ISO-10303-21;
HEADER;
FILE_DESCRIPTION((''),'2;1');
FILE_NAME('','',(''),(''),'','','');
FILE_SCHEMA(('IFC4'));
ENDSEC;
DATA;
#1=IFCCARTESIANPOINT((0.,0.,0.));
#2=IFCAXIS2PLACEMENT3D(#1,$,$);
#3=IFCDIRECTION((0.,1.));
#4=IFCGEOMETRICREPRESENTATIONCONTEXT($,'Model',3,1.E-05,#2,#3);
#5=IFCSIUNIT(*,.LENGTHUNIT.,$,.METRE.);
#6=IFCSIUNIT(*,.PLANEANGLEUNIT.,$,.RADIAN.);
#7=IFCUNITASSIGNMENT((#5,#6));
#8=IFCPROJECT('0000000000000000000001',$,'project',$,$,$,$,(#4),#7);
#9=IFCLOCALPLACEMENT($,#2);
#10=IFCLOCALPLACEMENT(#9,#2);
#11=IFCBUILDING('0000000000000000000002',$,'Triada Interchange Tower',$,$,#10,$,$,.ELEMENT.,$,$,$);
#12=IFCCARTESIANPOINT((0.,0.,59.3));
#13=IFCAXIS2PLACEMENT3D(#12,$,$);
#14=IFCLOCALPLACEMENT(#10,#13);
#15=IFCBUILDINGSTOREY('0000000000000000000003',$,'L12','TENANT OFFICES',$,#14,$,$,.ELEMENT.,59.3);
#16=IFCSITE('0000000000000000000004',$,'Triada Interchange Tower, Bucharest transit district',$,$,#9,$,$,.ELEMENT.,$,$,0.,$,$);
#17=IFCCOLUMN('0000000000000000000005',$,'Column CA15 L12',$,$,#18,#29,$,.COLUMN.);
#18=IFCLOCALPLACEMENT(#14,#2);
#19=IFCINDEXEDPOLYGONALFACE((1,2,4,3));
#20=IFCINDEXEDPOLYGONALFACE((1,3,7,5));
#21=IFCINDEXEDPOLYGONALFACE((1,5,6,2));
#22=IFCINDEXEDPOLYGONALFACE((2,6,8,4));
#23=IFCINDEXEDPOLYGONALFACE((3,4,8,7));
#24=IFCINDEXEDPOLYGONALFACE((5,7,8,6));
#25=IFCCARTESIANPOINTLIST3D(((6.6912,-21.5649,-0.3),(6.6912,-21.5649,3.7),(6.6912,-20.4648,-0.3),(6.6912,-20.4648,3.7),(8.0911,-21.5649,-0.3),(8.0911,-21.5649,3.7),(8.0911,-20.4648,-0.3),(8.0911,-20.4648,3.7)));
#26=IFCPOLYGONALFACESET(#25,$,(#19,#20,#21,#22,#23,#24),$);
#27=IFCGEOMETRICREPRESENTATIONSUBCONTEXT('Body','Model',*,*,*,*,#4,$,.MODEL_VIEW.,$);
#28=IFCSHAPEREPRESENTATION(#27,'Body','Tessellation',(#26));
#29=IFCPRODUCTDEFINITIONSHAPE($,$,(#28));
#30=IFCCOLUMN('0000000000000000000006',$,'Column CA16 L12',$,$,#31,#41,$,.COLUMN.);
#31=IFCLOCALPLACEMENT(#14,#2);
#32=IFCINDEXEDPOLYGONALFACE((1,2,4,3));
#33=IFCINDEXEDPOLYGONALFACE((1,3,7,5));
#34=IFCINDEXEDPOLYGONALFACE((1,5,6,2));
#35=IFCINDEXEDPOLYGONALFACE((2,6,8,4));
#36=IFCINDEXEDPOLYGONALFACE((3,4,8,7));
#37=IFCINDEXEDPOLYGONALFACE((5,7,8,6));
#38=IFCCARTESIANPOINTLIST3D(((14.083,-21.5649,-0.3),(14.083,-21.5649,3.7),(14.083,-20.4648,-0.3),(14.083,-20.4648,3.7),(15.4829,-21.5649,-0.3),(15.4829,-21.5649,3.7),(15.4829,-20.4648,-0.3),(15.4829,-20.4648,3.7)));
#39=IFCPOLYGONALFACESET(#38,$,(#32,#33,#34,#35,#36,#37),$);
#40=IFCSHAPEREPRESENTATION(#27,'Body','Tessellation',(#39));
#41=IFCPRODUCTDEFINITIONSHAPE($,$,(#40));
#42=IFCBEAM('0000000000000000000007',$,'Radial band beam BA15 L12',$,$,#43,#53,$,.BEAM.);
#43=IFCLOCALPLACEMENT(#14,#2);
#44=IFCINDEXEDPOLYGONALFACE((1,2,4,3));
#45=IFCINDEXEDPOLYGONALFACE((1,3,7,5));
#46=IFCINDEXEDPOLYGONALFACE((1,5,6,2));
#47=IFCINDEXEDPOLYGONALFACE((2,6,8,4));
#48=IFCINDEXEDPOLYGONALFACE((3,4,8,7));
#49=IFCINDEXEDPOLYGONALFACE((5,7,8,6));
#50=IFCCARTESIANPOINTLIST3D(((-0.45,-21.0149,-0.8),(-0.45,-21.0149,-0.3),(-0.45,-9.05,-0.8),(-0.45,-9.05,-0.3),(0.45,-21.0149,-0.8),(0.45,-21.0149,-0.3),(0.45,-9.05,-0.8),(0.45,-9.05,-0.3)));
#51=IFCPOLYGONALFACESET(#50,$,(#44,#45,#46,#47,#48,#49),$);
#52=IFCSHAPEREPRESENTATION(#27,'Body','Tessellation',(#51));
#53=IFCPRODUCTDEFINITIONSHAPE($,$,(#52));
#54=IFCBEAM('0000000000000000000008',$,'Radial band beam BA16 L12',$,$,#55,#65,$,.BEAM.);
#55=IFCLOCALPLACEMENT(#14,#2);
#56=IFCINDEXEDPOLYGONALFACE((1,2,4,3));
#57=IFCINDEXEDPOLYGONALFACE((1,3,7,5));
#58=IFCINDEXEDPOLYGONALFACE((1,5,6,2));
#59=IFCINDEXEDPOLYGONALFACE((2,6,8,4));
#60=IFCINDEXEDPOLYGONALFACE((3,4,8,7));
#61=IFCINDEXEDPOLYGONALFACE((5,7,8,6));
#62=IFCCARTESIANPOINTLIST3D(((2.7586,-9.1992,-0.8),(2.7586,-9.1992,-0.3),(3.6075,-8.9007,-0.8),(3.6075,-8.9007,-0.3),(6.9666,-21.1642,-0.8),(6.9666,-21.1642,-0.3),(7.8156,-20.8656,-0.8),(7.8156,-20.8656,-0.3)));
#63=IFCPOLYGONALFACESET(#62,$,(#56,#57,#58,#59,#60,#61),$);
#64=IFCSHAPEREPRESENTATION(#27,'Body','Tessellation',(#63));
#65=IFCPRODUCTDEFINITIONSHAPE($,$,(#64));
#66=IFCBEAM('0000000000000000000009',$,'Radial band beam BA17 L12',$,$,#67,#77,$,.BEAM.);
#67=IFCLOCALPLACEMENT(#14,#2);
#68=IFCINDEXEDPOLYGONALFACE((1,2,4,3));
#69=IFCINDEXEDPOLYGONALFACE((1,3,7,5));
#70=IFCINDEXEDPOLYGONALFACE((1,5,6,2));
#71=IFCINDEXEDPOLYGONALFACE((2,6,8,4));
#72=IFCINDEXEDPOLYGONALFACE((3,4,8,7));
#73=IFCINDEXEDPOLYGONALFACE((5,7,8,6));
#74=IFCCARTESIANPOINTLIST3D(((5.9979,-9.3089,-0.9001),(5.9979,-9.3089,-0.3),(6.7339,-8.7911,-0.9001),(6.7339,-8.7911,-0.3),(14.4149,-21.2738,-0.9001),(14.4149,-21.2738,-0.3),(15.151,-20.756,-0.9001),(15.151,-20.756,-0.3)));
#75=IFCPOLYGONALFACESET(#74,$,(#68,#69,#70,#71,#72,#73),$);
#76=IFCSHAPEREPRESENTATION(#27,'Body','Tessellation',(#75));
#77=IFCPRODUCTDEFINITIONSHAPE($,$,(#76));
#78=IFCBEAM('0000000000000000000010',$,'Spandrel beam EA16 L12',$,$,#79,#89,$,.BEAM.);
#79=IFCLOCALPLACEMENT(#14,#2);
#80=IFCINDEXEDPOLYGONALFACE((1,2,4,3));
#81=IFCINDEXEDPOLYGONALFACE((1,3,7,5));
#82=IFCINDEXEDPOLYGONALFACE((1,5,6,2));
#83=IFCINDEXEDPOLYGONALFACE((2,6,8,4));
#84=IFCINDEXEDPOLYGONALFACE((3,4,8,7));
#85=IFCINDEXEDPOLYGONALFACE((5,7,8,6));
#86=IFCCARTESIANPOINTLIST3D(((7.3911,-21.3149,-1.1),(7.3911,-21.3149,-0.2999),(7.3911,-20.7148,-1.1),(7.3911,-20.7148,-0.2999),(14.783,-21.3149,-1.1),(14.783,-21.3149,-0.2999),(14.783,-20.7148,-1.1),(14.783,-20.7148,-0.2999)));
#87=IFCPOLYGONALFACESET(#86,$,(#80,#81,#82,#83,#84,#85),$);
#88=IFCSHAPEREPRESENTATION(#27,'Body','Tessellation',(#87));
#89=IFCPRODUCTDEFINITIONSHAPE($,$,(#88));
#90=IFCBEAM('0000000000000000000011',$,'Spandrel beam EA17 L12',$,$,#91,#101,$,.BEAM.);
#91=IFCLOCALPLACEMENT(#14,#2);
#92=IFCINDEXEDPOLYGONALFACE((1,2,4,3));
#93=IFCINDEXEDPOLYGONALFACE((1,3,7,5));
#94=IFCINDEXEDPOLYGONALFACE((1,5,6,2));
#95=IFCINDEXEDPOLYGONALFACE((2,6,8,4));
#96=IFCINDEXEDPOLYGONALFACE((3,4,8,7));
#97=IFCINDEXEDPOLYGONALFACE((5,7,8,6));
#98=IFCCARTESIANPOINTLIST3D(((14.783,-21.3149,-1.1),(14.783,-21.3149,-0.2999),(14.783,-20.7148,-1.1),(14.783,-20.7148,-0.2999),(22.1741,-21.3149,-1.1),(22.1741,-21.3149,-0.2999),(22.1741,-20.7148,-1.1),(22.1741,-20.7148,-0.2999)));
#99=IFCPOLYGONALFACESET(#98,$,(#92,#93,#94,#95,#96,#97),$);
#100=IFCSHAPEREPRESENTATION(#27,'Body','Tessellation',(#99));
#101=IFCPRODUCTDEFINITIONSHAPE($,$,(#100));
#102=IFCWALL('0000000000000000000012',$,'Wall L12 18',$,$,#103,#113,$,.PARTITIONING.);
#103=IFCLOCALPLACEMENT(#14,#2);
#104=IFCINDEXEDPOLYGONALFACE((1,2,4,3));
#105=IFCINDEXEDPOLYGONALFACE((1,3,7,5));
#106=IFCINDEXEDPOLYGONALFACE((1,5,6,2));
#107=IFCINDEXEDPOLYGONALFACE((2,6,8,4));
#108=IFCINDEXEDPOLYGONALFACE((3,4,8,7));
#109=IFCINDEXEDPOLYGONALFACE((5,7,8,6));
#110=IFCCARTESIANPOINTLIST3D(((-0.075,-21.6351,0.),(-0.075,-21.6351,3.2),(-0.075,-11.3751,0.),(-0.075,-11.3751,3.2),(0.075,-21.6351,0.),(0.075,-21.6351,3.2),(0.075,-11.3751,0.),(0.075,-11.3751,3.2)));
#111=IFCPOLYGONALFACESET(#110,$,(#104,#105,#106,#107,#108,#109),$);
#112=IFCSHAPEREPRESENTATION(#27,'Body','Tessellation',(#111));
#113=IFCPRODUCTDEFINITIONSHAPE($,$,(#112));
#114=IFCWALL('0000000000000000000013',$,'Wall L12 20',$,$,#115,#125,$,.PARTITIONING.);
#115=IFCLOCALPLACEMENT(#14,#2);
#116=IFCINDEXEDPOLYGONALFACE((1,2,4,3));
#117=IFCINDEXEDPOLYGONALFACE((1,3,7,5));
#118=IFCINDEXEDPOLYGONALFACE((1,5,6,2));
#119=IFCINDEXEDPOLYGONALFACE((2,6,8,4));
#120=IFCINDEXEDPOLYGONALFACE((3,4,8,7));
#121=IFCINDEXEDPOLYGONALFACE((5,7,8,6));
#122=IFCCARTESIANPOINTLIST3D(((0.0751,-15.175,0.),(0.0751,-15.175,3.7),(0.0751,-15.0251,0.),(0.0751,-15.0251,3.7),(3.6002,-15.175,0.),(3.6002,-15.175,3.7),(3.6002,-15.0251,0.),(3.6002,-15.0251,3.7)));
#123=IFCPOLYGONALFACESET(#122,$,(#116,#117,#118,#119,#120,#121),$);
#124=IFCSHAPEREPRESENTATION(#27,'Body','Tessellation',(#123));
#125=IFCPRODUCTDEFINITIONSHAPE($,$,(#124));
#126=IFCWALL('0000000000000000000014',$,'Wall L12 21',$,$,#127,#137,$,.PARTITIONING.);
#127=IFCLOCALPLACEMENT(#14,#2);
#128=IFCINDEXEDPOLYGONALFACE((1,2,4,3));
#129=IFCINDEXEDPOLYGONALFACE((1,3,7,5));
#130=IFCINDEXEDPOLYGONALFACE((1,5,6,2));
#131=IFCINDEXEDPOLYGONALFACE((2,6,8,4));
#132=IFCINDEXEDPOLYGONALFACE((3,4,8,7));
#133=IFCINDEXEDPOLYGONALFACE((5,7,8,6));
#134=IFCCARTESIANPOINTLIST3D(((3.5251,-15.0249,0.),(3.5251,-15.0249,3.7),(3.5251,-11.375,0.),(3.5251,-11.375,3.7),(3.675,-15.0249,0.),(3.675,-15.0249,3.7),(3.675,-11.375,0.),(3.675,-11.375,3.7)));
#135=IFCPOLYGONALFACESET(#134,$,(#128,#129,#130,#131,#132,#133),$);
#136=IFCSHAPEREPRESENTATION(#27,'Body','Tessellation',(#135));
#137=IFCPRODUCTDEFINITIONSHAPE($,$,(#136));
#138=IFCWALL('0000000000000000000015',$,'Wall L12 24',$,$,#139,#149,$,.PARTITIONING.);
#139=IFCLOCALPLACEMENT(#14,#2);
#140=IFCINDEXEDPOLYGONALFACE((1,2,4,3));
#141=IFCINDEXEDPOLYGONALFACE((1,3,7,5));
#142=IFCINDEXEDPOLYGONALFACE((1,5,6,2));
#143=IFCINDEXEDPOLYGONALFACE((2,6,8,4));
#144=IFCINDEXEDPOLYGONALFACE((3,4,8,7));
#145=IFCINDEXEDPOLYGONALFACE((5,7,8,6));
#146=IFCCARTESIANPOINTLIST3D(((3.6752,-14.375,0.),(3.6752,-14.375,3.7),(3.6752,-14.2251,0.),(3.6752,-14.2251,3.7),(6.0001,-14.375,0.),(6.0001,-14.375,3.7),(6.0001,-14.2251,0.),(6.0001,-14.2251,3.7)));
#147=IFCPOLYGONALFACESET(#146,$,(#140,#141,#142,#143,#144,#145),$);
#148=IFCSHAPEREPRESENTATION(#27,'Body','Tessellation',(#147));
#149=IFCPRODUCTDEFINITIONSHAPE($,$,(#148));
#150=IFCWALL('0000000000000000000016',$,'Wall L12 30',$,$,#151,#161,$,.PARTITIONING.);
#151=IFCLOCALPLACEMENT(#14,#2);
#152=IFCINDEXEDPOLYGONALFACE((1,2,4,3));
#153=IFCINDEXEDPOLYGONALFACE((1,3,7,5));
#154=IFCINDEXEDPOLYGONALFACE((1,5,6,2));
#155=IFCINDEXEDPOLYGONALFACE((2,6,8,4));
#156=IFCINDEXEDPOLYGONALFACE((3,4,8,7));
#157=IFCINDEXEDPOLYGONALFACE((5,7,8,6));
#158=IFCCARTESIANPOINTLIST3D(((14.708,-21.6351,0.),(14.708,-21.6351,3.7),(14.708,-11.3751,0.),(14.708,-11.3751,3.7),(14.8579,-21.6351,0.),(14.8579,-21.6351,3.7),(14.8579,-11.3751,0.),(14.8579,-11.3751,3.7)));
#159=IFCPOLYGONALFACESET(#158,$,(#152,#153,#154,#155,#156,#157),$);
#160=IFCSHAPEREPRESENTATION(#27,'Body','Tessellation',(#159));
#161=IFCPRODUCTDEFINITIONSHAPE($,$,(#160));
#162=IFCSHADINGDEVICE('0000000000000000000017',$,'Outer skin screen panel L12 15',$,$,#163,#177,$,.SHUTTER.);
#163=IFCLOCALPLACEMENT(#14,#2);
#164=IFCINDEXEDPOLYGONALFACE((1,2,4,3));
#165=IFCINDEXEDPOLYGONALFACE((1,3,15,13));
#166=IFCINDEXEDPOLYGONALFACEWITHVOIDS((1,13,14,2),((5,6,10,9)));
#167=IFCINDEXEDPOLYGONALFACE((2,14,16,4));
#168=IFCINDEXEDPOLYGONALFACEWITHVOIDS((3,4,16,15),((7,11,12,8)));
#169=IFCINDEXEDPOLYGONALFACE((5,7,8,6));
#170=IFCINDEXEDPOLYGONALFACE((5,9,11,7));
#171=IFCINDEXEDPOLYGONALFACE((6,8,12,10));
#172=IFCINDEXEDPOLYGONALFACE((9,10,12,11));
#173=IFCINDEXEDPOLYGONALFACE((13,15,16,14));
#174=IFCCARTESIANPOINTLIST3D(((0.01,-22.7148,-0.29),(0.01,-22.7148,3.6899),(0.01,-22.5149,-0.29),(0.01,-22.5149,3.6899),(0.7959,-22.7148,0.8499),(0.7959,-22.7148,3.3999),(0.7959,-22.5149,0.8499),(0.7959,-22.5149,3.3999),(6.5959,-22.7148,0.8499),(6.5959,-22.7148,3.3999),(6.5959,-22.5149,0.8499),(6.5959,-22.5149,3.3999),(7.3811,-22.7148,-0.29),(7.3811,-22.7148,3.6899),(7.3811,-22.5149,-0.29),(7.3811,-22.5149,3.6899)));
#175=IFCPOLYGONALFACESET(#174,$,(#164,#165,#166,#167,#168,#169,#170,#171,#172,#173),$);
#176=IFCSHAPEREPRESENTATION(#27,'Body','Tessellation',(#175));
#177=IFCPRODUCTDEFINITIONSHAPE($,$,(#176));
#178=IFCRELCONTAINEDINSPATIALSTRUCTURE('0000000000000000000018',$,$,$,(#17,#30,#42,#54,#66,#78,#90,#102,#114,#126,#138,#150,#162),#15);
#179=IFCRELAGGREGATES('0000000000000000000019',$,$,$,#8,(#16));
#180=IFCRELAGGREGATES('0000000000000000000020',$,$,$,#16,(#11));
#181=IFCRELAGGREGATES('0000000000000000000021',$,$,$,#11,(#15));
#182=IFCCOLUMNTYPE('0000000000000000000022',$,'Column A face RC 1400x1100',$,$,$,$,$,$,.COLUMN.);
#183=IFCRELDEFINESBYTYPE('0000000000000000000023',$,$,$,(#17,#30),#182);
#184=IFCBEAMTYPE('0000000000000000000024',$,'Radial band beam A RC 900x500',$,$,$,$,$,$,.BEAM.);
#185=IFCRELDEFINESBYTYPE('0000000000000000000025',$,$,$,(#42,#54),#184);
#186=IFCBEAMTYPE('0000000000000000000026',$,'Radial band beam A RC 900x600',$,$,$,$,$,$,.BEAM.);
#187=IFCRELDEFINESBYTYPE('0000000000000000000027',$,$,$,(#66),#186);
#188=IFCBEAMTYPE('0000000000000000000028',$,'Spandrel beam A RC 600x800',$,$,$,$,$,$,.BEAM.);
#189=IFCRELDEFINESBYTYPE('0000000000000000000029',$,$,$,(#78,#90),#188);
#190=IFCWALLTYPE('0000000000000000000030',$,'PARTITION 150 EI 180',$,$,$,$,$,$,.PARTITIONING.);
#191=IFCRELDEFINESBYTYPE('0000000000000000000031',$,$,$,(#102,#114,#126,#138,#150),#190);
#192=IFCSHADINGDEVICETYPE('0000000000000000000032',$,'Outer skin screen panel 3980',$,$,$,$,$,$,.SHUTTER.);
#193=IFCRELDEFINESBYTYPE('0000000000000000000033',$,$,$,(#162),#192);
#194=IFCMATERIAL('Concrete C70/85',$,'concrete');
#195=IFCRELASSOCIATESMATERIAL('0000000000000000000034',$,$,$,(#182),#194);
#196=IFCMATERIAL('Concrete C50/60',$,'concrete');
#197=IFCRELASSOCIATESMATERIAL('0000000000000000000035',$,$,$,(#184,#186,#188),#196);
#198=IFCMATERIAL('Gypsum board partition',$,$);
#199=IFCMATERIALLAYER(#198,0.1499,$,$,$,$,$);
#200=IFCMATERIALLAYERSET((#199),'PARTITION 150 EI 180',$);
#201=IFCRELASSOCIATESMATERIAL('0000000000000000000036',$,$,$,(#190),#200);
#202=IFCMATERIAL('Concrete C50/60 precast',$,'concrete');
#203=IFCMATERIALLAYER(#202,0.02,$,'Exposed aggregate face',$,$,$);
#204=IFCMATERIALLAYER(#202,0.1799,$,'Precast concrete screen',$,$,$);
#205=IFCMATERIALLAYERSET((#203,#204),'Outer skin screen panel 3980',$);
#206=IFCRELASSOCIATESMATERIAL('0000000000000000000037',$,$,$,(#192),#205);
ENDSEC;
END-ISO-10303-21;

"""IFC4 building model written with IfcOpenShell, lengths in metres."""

from ifc_helpers import new_model, si_unit, direction, frame, frame_2d, origin, origin_2d, place, context, subcontext, project, spatial, polyline, rectangle, outline, extrude, material, layer, layer_set, material_profile, profile_set, type_object, element, save


model = new_model("IFC4")

# Units and contexts
model_context = context("Model", 3, precision=1e-05, world=origin(), true_north=direction((0.0, 1.0)))
body_context = subcontext(model_context, "Body", "Model", "MODEL_VIEW")
ifc_project = project(units=[si_unit("LENGTHUNIT", "METRE"), si_unit("PLANEANGLEUNIT", "RADIAN")], contexts=[model_context])

# Site, building, storey
site_placement = place(None, origin())
site = spatial("IfcSite", under=ifc_project, at=site_placement, Name="Triada Interchange Tower, Bucharest transit district", CompositionType="ELEMENT", RefElevation=0.0)
building_placement = place(site_placement, origin())
building = spatial("IfcBuilding", under=site, at=building_placement, Name="Triada Interchange Tower", CompositionType="ELEMENT")
storey_placement = place(building_placement, frame((0.0, 0.0, 59.3)))
storey = spatial("IfcBuildingStorey", under=building, at=storey_placement, Name="L12", Description="TENANT OFFICES", CompositionType="ELEMENT", Elevation=59.3)

# Columns
ifc_material_1 = material(Name="Concrete C70/85", Category="concrete")
ifc_material_profile_1 = material_profile(ifc_material_1, rectangle(XDim=1.3999, YDim=1.1001, at=origin_2d()), Name="RC 1400x1100")
ifc_profile_set_1 = profile_set([ifc_material_profile_1], Name="Concrete C70/85")
column_type = type_object("IfcColumnType", Name="Column A face RC 1400x1100", PredefinedType="COLUMN", material=ifc_profile_set_1)
for number, where, z_axis, x_axis, name in (
    (1, (7.3911, -21.0149, -0.3), (0.0, 0.0, 1.0), (1.0, 0.0, 0.0), "Column CA15 L12"),
    (2, (14.783, -21.0149, -0.3), (0.0, 0.0, 1.0), (1.0, 0.0, 0.0), "Column CA16 L12"),
):
    element("IfcColumn", number, at=place(storey_placement, frame(where, z_axis=z_axis, x_axis=x_axis)), inside=storey, type_object=column_type, Name=name, PredefinedType="COLUMN", context=body_context, shape_type="SweptSolid", body=[
        extrude(rectangle(XDim=1.3999, YDim=1.1001, at=origin_2d()), origin(), (0.0, 0.0, 1.0), 4.0),
    ])

# Beams
ifc_material_2 = material(Name="Concrete C50/60", Category="concrete")
ifc_material_profile_2 = material_profile(ifc_material_2, rectangle(XDim=0.8999, YDim=0.5, at=origin_2d()), Name="RC 900x500")
ifc_profile_set_2 = profile_set([ifc_material_profile_2], Name="Concrete C50/60")
beam_type_1 = type_object("IfcBeamType", Name="Radial band beam A RC 900x500", PredefinedType="BEAM", material=ifc_profile_set_2)
beam_1_placement = place(storey_placement, frame((0.0, -21.0149, -0.55), z_axis=(0.0, 1.0, 0.0), x_axis=(-1.0, 0.0, 0.0)))
element("IfcBeam", 3, at=beam_1_placement, inside=storey, type_object=beam_type_1, Name="Radial band beam BA15 L12", PredefinedType="BEAM", context=body_context, shape_type="SweptSolid", body=[
    extrude(rectangle(XDim=0.8999, YDim=0.5, at=origin_2d()), origin(), (0.0, 0.0, 1.0), 11.9648),
])
beam_2_placement = place(storey_placement, frame((7.3911, -21.0149, -0.55), z_axis=(-0.331777, 0.943358, 0.0), x_axis=(-0.943358, -0.331777, 0.0)))
element("IfcBeam", 4, at=beam_2_placement, inside=storey, type_object=beam_type_1, Name="Radial band beam BA16 L12", PredefinedType="BEAM", context=body_context, shape_type="SweptSolid", body=[
    extrude(rectangle(XDim=0.8999, YDim=0.5, at=origin_2d()), origin(), (0.0, 0.0, 1.0), 12.6833),
])
ifc_material_profile_3 = material_profile(ifc_material_2, rectangle(XDim=0.8999, YDim=0.6001, at=origin_2d()), Name="RC 900x600")
ifc_profile_set_3 = profile_set([ifc_material_profile_3], Name="Concrete C50/60")
beam_type_2 = type_object("IfcBeamType", Name="Radial band beam A RC 900x600", PredefinedType="BEAM", material=ifc_profile_set_3)
beam_3_placement = place(storey_placement, frame((14.783, -21.0149, -0.6001), z_axis=(-0.575369, 0.817894, 0.0), x_axis=(-0.817894, -0.575369, 0.0)))
element("IfcBeam", 5, at=beam_3_placement, inside=storey, type_object=beam_type_2, Name="Radial band beam BA17 L12", PredefinedType="BEAM", context=body_context, shape_type="SweptSolid", body=[
    extrude(rectangle(XDim=0.8999, YDim=0.6001, at=origin_2d()), origin(), (0.0, 0.0, 1.0), 14.6289),
])
ifc_material_profile_4 = material_profile(ifc_material_2, rectangle(XDim=0.6001, YDim=0.8, at=origin_2d()), Name="RC 600x800")
ifc_profile_set_4 = profile_set([ifc_material_profile_4], Name="Concrete C50/60")
beam_type_3 = type_object("IfcBeamType", Name="Spandrel beam A RC 600x800", PredefinedType="BEAM", material=ifc_profile_set_4)
beam_4_placement = place(storey_placement, frame((7.3911, -21.0149, -0.7), z_axis=(1.0, 0.0, 0.0), x_axis=(0.0, 1.0, 0.0)))
element("IfcBeam", 6, at=beam_4_placement, inside=storey, type_object=beam_type_3, Name="Spandrel beam EA16 L12", PredefinedType="BEAM", context=body_context, shape_type="SweptSolid", body=[
    extrude(rectangle(XDim=0.6001, YDim=0.8, at=origin_2d()), origin(), (0.0, 0.0, 1.0), 7.3918),
])
beam_5_placement = place(storey_placement, frame((14.783, -21.0149, -0.7), z_axis=(1.0, 0.0, 0.0), x_axis=(0.0, 1.0, 0.0)))
element("IfcBeam", 7, at=beam_5_placement, inside=storey, type_object=beam_type_3, Name="Spandrel beam EA17 L12", PredefinedType="BEAM", context=body_context, shape_type="SweptSolid", body=[
    extrude(rectangle(XDim=0.6001, YDim=0.8, at=origin_2d()), origin(), (0.0, 0.0, 1.0), 7.3911),
])

# Walls
ifc_material_3 = material(Name="Gypsum board partition")
ifc_layer_1 = layer(ifc_material_3, 0.1499)
ifc_layer_set_1 = layer_set([ifc_layer_1], Name="PARTITION 150 EI 180")
wall_type = type_object("IfcWallType", Name="PARTITION 150 EI 180", PredefinedType="PARTITIONING", material=ifc_layer_set_1)
wall_1_placement = place(storey_placement, frame((0.0, -21.635, 0.0), z_axis=(0.0, 0.0, 1.0), x_axis=(0.0, 1.0, 0.0)))
element("IfcWall", 8, at=wall_1_placement, inside=storey, type_object=wall_type, Name="Wall L12 18", PredefinedType="PARTITIONING", context=body_context, shape_type="SweptSolid", body=[
    extrude(rectangle(XDim=10.26, YDim=0.1499, at=frame_2d((5.1299, 0.0))), origin(), (0.0, 0.0, 1.0), 3.2),
])
wall_2_placement = place(storey_placement, frame((0.075, -15.1001, 0.0), z_axis=(0.0, 0.0, 1.0), x_axis=(1.0, 0.0, 0.0)))
element("IfcWall", 9, at=wall_2_placement, inside=storey, type_object=wall_type, Name="Wall L12 20", PredefinedType="PARTITIONING", context=body_context, shape_type="SweptSolid", body=[
    extrude(rectangle(XDim=3.5251, YDim=0.1499, at=frame_2d((1.7627, 0.0))), origin(), (0.0, 0.0, 1.0), 3.7),
])
wall_3_placement = place(storey_placement, frame((3.6001, -15.0249, 0.0), z_axis=(0.0, 0.0, 1.0), x_axis=(0.0, 1.0, 0.0)))
element("IfcWall", 10, at=wall_3_placement, inside=storey, type_object=wall_type, Name="Wall L12 21", PredefinedType="PARTITIONING", context=body_context, shape_type="SweptSolid", body=[
    extrude(rectangle(XDim=3.6499, YDim=0.1499, at=frame_2d((1.825, 0.0))), origin(), (0.0, 0.0, 1.0), 3.7),
])
wall_4_placement = place(storey_placement, frame((3.675, -14.3, 0.0), z_axis=(0.0, 0.0, 1.0), x_axis=(1.0, 0.0, 0.0)))
element("IfcWall", 11, at=wall_4_placement, inside=storey, type_object=wall_type, Name="Wall L12 24", PredefinedType="PARTITIONING", context=body_context, shape_type="SweptSolid", body=[
    extrude(rectangle(XDim=2.325, YDim=0.1499, at=frame_2d((1.1626, 0.0))), origin(), (0.0, 0.0, 1.0), 3.7),
])
wall_5_placement = place(storey_placement, frame((14.783, -21.635, 0.0), z_axis=(0.0, 0.0, 1.0), x_axis=(0.0, 1.0, 0.0)))
element("IfcWall", 12, at=wall_5_placement, inside=storey, type_object=wall_type, Name="Wall L12 30", PredefinedType="PARTITIONING", context=body_context, shape_type="SweptSolid", body=[
    extrude(rectangle(XDim=10.26, YDim=0.1499, at=frame_2d((5.1299, 0.0))), origin(), (0.0, 0.0, 1.0), 3.7),
])

# Shading device
ifc_material_4 = material(Name="Concrete C50/60 precast", Category="concrete")
ifc_layer_2 = layer(ifc_material_4, 0.02, Name="Exposed aggregate face")
ifc_layer_3 = layer(ifc_material_4, 0.1799, Name="Precast concrete screen")
ifc_layer_set_2 = layer_set([ifc_layer_2, ifc_layer_3], Name="Outer skin screen panel 3980")
shading_device_type = type_object("IfcShadingDeviceType", Name="Outer skin screen panel 3980", PredefinedType="SHUTTER", material=ifc_layer_set_2)
shading_device_1_placement = place(storey_placement, frame((0.01, -22.5149, -0.29), z_axis=(0.0, 0.0, 1.0), x_axis=(1.0, 0.0, 0.0)))
element("IfcShadingDevice", 13, at=shading_device_1_placement, inside=storey, type_object=shading_device_type, Name="Outer skin screen panel L12 15", PredefinedType="SHUTTER", context=body_context, shape_type="SweptSolid", body=[
    extrude(outline(polyline([(0.0, 0.0), (7.3711, 0.0), (7.3711, 3.98), (0.0, 3.98), (0.0, 0.0)]), holes=[polyline([(0.7859, 1.1399), (0.7859, 3.6899), (6.5859, 3.6899), (6.5859, 1.1399), (0.7859, 1.1399)])]), frame((0.0, 0.0, 0.0), z_axis=(0.0, -1.0, 0.0), x_axis=(1.0, 0.0, 0.0)), (0.0, 0.0, 1.0), 0.2),
])

save(model, "model.ifc")
